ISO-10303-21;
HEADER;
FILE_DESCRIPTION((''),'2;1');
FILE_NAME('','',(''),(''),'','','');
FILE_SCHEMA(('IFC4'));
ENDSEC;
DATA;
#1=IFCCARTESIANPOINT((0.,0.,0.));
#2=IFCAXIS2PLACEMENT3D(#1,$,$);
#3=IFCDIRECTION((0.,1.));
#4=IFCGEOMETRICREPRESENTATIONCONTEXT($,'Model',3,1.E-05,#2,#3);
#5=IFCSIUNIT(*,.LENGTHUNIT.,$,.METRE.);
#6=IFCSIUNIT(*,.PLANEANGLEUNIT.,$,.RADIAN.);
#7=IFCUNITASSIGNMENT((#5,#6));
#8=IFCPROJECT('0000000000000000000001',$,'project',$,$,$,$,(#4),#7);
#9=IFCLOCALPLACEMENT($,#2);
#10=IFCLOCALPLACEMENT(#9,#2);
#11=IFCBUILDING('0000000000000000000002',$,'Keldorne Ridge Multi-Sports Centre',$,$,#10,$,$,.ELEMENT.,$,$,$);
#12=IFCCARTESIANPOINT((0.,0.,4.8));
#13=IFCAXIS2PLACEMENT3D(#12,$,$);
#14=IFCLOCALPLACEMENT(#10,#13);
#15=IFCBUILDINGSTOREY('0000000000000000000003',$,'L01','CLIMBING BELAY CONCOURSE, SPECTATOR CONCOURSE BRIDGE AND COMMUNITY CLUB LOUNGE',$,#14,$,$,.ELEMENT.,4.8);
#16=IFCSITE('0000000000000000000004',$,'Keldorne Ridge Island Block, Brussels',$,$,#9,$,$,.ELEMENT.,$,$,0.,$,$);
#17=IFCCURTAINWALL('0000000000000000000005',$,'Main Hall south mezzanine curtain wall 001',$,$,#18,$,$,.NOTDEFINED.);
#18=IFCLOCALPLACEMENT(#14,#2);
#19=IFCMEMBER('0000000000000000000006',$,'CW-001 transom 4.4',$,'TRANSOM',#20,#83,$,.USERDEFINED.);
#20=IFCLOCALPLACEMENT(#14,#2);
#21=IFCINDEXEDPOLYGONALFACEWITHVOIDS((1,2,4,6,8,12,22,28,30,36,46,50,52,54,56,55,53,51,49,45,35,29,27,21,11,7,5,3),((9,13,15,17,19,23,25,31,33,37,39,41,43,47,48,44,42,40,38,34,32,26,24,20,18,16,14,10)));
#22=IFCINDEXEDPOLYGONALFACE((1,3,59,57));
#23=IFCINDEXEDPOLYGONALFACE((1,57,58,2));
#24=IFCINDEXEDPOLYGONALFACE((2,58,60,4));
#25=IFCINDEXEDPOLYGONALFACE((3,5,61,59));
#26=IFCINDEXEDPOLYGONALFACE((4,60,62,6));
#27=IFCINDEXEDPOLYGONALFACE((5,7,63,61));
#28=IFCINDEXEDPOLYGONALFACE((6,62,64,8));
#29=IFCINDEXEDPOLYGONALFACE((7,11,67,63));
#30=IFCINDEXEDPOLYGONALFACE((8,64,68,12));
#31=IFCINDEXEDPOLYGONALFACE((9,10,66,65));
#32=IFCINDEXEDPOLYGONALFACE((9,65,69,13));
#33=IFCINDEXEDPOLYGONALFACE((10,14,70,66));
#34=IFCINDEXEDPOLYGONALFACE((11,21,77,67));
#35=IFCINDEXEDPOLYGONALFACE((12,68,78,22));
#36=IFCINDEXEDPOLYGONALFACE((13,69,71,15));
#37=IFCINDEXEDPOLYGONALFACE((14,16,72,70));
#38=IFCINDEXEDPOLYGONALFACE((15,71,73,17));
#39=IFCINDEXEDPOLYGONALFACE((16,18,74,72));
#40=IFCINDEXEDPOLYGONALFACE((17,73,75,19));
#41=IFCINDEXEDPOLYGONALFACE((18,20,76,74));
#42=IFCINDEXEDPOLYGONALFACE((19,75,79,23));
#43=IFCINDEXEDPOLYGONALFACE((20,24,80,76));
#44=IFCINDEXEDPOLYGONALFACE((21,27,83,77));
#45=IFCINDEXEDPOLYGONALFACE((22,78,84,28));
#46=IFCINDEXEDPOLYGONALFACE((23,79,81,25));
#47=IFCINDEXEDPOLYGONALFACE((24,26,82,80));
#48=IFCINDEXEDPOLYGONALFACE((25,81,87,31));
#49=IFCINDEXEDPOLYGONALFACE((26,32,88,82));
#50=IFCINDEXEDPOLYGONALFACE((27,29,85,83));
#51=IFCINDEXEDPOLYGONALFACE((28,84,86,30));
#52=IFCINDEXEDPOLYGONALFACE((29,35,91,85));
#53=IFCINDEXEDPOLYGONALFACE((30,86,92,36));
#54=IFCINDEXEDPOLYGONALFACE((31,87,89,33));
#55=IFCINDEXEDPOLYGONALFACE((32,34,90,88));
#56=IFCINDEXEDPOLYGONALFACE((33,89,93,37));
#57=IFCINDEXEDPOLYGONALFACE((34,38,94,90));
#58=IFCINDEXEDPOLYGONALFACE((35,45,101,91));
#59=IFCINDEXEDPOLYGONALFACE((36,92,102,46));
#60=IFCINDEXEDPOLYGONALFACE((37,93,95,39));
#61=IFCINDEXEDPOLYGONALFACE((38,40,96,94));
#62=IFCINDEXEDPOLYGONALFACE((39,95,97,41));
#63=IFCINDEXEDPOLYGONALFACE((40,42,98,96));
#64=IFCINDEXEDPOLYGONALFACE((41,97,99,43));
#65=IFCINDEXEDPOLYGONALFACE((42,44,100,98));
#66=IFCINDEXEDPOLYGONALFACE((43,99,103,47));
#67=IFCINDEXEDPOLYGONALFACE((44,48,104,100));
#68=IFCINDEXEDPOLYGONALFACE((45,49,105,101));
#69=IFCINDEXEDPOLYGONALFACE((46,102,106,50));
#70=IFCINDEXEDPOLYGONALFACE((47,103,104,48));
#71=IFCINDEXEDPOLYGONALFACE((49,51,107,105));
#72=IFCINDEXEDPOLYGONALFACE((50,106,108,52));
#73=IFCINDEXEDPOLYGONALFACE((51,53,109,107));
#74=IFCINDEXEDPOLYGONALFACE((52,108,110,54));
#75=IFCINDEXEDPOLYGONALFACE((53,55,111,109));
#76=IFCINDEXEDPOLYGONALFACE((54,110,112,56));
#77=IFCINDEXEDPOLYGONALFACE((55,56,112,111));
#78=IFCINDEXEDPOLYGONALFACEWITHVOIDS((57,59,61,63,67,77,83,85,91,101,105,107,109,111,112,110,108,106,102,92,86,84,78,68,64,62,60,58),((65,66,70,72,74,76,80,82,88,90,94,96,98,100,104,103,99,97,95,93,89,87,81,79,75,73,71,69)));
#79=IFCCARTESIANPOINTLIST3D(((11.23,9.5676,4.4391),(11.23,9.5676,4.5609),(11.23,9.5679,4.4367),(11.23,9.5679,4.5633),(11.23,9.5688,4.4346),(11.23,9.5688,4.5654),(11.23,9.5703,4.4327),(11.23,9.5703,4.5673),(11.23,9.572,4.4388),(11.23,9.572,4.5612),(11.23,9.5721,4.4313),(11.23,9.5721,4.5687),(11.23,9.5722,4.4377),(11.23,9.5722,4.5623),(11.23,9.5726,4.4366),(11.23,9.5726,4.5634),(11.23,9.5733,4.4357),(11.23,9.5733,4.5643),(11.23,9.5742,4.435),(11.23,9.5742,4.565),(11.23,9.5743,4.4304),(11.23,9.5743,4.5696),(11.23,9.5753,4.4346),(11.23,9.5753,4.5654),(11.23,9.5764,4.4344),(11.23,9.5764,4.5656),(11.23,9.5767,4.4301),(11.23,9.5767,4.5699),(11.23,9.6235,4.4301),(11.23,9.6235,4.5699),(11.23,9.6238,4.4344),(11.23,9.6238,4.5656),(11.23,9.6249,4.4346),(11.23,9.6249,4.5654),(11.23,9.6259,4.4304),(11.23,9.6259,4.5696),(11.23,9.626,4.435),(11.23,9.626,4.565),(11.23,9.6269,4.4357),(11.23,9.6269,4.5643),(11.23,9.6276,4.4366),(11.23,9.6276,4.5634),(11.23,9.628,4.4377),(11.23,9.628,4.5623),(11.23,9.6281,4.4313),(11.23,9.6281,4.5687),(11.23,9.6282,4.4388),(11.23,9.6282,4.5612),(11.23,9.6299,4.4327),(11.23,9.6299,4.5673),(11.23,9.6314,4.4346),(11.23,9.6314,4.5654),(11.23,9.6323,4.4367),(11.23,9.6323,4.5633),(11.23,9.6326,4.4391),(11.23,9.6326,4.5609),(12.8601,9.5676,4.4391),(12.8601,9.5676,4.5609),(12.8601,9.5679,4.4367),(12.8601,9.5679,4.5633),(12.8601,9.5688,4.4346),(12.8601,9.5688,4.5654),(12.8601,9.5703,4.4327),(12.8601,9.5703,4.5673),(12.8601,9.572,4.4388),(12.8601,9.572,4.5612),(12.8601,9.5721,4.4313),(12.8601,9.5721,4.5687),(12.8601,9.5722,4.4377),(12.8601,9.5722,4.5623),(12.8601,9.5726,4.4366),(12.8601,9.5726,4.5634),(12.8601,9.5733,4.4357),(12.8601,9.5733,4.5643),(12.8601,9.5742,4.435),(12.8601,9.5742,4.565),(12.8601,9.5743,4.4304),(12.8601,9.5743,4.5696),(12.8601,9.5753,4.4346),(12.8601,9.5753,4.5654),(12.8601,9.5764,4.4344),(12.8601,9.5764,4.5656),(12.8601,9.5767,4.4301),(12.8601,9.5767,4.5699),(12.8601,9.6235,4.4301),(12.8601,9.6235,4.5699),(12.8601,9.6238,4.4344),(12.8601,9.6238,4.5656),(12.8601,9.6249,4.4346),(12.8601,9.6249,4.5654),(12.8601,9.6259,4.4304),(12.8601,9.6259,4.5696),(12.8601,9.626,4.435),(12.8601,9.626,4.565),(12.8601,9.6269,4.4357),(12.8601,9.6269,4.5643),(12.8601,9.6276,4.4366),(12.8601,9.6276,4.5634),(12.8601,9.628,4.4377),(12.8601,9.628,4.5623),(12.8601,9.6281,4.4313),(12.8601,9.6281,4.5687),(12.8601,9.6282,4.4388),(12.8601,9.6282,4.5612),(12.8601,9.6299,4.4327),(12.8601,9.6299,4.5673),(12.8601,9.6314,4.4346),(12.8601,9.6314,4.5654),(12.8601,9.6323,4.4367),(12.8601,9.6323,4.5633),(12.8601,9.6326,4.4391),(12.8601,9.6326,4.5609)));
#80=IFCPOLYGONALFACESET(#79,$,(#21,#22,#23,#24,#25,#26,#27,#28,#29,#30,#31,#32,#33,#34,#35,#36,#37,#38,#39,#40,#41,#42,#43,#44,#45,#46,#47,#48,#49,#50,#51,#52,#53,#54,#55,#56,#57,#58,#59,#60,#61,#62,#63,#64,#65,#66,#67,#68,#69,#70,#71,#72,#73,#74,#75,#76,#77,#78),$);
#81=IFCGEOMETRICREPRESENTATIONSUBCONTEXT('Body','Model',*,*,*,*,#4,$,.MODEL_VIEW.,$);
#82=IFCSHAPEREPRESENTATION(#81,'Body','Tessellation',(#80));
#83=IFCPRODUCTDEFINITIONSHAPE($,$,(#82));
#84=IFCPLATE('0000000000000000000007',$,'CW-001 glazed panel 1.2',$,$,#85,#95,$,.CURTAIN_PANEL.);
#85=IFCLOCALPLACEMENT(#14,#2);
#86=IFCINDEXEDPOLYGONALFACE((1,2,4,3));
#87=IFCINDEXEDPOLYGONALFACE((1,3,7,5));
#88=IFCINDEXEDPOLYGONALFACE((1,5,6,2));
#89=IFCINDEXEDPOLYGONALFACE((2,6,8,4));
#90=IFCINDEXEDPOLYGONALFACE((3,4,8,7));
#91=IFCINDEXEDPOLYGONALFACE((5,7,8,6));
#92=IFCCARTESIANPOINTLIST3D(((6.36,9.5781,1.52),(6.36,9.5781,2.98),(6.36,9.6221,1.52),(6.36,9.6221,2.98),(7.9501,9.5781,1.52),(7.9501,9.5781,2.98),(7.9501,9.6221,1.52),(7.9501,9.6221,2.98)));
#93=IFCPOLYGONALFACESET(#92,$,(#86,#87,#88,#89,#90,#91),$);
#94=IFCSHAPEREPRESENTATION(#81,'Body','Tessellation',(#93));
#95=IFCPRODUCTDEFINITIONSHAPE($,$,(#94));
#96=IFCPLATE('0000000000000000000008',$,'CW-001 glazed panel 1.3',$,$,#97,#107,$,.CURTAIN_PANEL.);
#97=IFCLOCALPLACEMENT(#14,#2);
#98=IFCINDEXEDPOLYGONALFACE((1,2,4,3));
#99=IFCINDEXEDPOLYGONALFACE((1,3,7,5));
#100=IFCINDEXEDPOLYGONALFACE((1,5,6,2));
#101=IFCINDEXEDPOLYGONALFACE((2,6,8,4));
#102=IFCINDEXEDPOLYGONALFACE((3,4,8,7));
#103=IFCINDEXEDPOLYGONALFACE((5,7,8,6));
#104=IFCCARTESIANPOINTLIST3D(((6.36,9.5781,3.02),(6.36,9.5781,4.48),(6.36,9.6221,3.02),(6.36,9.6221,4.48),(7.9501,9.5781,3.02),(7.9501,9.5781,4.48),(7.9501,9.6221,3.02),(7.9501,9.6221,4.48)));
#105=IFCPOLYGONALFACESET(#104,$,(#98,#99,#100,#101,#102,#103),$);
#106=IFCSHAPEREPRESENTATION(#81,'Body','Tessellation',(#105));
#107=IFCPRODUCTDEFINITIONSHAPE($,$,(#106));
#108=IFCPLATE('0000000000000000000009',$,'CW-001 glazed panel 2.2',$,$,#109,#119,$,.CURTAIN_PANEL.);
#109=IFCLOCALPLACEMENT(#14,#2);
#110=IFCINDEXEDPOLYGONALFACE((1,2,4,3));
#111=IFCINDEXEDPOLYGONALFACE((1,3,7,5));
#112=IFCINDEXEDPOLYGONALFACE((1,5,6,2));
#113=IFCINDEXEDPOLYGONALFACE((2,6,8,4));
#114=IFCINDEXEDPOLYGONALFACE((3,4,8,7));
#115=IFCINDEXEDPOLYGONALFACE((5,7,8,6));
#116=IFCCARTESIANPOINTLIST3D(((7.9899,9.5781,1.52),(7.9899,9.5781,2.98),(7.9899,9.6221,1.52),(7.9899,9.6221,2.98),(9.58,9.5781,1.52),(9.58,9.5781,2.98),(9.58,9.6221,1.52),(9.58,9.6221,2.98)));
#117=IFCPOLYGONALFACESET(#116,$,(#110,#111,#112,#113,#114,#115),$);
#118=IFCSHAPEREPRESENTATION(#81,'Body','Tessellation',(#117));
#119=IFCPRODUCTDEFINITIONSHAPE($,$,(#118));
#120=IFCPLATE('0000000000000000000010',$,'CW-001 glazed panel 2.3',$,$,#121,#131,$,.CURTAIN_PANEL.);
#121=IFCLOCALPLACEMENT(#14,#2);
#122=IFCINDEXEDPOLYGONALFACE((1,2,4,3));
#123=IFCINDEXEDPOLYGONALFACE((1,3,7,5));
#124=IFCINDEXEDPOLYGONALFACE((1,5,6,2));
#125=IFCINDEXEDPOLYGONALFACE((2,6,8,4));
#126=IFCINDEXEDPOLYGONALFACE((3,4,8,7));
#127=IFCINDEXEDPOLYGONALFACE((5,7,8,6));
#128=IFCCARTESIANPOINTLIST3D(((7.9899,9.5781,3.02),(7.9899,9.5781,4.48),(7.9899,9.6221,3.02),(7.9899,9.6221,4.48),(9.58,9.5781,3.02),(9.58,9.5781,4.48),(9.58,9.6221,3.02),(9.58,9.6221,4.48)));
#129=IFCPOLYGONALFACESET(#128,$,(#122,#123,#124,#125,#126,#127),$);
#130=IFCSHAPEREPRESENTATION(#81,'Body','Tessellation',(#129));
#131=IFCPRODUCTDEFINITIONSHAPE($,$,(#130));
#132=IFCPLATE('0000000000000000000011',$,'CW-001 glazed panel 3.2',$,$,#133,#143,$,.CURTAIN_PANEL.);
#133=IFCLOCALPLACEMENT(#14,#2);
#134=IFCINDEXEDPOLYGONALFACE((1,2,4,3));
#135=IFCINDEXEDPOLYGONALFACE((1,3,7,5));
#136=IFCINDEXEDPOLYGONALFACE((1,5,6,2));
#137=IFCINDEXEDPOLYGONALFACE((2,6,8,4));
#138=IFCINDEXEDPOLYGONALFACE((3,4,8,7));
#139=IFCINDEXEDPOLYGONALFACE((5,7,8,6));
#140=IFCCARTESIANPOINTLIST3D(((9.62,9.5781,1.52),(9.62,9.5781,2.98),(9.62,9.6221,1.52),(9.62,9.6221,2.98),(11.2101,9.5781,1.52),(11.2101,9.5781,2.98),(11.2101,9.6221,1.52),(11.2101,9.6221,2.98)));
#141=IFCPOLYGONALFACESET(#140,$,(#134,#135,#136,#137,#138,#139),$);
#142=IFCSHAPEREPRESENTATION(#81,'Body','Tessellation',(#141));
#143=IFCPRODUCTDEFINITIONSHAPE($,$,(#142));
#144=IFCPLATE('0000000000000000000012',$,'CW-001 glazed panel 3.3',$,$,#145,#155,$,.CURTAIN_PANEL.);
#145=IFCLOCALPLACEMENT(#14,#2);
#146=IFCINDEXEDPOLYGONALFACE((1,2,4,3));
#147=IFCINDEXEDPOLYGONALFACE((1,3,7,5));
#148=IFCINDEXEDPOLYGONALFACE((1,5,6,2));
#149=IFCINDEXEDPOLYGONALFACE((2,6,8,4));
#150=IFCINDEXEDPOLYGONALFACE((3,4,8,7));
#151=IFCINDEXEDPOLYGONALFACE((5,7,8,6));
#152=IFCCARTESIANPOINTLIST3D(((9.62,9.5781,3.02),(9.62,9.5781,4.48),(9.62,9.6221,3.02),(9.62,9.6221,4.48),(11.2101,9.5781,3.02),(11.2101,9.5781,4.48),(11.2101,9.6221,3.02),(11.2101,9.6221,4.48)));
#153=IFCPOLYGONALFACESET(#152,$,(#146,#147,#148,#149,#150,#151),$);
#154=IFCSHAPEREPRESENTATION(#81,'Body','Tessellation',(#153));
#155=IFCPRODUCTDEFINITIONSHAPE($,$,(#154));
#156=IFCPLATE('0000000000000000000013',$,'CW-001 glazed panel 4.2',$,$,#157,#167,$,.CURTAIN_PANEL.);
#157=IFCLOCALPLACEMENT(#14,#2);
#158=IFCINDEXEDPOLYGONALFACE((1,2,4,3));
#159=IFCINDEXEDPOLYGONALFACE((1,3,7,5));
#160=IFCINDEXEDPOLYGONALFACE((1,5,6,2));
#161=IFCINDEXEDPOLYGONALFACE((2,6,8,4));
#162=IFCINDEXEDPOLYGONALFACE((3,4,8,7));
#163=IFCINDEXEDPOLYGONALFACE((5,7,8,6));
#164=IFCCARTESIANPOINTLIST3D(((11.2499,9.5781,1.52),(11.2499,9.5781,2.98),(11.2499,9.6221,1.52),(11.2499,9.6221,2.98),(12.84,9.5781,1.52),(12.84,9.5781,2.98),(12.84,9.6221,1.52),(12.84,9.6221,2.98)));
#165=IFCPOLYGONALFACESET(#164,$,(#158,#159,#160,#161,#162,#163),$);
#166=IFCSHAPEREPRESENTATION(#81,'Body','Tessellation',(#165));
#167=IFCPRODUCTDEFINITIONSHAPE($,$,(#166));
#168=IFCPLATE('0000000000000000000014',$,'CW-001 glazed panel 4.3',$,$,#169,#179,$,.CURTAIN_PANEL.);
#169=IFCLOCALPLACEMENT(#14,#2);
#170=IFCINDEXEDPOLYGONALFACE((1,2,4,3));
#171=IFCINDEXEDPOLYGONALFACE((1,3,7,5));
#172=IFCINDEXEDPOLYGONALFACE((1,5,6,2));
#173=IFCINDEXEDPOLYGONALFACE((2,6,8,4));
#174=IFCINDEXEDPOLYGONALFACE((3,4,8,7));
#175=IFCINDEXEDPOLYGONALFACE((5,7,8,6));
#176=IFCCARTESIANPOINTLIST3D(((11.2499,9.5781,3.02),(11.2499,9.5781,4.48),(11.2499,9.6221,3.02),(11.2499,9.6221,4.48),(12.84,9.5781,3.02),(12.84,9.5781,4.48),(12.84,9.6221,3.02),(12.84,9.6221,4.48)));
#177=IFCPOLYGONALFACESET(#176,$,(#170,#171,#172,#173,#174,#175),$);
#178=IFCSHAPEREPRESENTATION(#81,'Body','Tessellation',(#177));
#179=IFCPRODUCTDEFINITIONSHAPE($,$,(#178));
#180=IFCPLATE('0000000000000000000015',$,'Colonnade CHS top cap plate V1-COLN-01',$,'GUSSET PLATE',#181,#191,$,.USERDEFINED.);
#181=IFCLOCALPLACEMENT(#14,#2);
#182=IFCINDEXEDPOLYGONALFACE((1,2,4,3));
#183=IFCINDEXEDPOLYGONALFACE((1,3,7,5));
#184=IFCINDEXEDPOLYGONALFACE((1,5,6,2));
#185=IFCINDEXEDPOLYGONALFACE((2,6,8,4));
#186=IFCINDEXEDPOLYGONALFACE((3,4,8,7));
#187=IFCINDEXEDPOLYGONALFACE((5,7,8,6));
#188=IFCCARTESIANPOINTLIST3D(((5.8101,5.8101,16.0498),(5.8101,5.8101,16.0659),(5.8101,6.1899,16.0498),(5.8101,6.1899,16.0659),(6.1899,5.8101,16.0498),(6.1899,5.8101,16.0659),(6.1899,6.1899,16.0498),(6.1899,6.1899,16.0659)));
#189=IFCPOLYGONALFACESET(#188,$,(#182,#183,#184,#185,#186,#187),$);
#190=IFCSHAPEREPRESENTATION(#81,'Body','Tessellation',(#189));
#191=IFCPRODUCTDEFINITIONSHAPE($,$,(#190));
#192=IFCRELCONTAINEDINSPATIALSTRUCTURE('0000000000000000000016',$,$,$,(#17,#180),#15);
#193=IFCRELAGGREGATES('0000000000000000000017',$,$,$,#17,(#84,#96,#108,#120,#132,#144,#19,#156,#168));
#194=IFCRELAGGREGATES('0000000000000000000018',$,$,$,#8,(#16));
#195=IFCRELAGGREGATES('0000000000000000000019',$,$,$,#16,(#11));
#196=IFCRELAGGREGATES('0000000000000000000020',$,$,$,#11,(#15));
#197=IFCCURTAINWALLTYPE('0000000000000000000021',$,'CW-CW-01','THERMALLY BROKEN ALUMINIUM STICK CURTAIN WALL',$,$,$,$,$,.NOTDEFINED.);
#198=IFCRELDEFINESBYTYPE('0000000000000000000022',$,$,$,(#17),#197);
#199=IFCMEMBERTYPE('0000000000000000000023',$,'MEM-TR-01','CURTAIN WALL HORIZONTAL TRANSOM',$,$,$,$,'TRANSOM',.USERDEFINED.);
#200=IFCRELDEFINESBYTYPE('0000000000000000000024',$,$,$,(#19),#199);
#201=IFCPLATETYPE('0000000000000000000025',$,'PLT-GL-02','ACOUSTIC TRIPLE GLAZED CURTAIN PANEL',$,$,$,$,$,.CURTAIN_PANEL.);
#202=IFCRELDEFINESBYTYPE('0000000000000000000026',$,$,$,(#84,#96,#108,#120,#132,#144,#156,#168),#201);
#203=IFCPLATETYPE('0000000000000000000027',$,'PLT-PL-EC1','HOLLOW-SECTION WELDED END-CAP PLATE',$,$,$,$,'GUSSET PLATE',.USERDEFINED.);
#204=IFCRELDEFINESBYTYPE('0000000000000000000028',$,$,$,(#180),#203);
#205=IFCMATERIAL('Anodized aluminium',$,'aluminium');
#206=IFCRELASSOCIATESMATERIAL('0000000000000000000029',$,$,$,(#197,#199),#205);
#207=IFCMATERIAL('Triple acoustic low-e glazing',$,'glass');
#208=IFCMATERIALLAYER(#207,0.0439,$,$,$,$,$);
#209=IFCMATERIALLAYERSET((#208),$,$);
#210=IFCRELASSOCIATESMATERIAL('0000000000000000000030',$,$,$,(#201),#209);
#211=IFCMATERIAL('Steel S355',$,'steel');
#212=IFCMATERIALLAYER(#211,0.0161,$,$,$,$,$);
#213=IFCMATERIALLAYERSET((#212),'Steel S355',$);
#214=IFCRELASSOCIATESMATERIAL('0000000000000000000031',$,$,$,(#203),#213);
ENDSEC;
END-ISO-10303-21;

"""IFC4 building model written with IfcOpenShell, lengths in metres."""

from ifc_helpers import new_model, si_unit, direction, frame, origin, origin_2d, place, context, subcontext, project, spatial, rectangle, hollow_rectangle, extrude, material, layer, layer_set, material_profile, profile_set, type_object, element, aggregate, save


model = new_model("IFC4")

# Units and contexts
model_context = context("Model", 3, precision=1e-05, world=origin(), true_north=direction((0.0, 1.0)))
body_context = subcontext(model_context, "Body", "Model", "MODEL_VIEW")
ifc_project = project(units=[si_unit("LENGTHUNIT", "METRE"), si_unit("PLANEANGLEUNIT", "RADIAN")], contexts=[model_context])

# Site, building, storey
site_placement = place(None, origin())
site = spatial("IfcSite", under=ifc_project, at=site_placement, Name="Keldorne Ridge Island Block, Brussels", CompositionType="ELEMENT", RefElevation=0.0)
building_placement = place(site_placement, origin())
building = spatial("IfcBuilding", under=site, at=building_placement, Name="Keldorne Ridge Multi-Sports Centre", CompositionType="ELEMENT")
storey_placement = place(building_placement, frame((0.0, 0.0, 4.8)))
storey = spatial("IfcBuildingStorey", under=building, at=storey_placement, Name="L01", Description="CLIMBING BELAY CONCOURSE, SPECTATOR CONCOURSE BRIDGE AND COMMUNITY CLUB LOUNGE", CompositionType="ELEMENT", Elevation=4.8)

# Shared definitions
ifc_material_1 = material(Name="Steel S355", Category="steel")

# Curtain wall, member, plates
ifc_material_2 = material(Name="Anodized aluminium", Category="aluminium")
curtain_wall_type = type_object("IfcCurtainWallType", Name="CW-CW-01", Description="THERMALLY BROKEN ALUMINIUM STICK CURTAIN WALL", PredefinedType="NOTDEFINED", material=ifc_material_2)
curtain_wall_placement = place(storey_placement, origin())
curtain_wall = element("IfcCurtainWall", 1, at=curtain_wall_placement, inside=storey, type_object=curtain_wall_type, Name="Main Hall south mezzanine curtain wall 001", PredefinedType="NOTDEFINED")
ifc_material_profile_1 = material_profile(ifc_material_2, hollow_rectangle(XDim=0.0649, YDim=0.1399, WallThickness=0.0044, InnerFilletRadius=0.0044, OuterFilletRadius=0.009, at=origin_2d()), Name="ALU TRANSOM 140x65x4.5")
ifc_profile_set_1 = profile_set([ifc_material_profile_1], Name="Anodized aluminium")
member_type = type_object("IfcMemberType", Name="MEM-TR-01", Description="CURTAIN WALL HORIZONTAL TRANSOM", ElementType="TRANSOM", PredefinedType="USERDEFINED", material=ifc_profile_set_1)
member_1_placement = place(storey_placement, frame((11.23, 9.6001, 4.5), z_axis=(1.0, 0.0, 0.0), x_axis=(0.0, 1.0, 0.0)))
member_1 = element("IfcMember", 2, at=member_1_placement, type_object=member_type, Name="CW-001 transom 4.4", ObjectType="TRANSOM", PredefinedType="USERDEFINED", context=body_context, shape_type="SweptSolid", body=[
    extrude(hollow_rectangle(XDim=0.0649, YDim=0.1399, WallThickness=0.0044, InnerFilletRadius=0.0044, OuterFilletRadius=0.009, at=origin_2d()), origin(), (0.0, 0.0, 1.0), 1.6301),
])
ifc_material_3 = material(Name="Triple acoustic low-e glazing", Category="glass")
ifc_layer_1 = layer(ifc_material_3, 0.0439)
ifc_layer_set_1 = layer_set([ifc_layer_1])
plate_type_1 = type_object("IfcPlateType", Name="PLT-GL-02", Description="ACOUSTIC TRIPLE GLAZED CURTAIN PANEL", PredefinedType="CURTAIN_PANEL", material=ifc_layer_set_1)
plate_1_placement = place(storey_placement, frame((7.155, 9.6001, 1.52), z_axis=(0.0, 0.0, 1.0), x_axis=(1.0, 0.0, 0.0)))
plate_1 = element("IfcPlate", 3, at=plate_1_placement, type_object=plate_type_1, Name="CW-001 glazed panel 1.2", PredefinedType="CURTAIN_PANEL", context=body_context, shape_type="SweptSolid", body=[
    extrude(rectangle(XDim=1.5901, YDim=0.0439, at=origin_2d()), origin(), (0.0, 0.0, 1.0), 1.46),
])
plate_2_placement = place(storey_placement, frame((7.155, 9.6001, 3.02), z_axis=(0.0, 0.0, 1.0), x_axis=(1.0, 0.0, 0.0)))
plate_2 = element("IfcPlate", 4, at=plate_2_placement, type_object=plate_type_1, Name="CW-001 glazed panel 1.3", PredefinedType="CURTAIN_PANEL", context=body_context, shape_type="SweptSolid", body=[
    extrude(rectangle(XDim=1.5901, YDim=0.0439, at=origin_2d()), origin(), (0.0, 0.0, 1.0), 1.46),
])
plate_3_placement = place(storey_placement, frame((8.7849, 9.6001, 1.52), z_axis=(0.0, 0.0, 1.0), x_axis=(1.0, 0.0, 0.0)))
plate_3 = element("IfcPlate", 5, at=plate_3_placement, type_object=plate_type_1, Name="CW-001 glazed panel 2.2", PredefinedType="CURTAIN_PANEL", context=body_context, shape_type="SweptSolid", body=[
    extrude(rectangle(XDim=1.5901, YDim=0.0439, at=origin_2d()), origin(), (0.0, 0.0, 1.0), 1.46),
])
plate_4_placement = place(storey_placement, frame((8.7849, 9.6001, 3.02), z_axis=(0.0, 0.0, 1.0), x_axis=(1.0, 0.0, 0.0)))
plate_4 = element("IfcPlate", 6, at=plate_4_placement, type_object=plate_type_1, Name="CW-001 glazed panel 2.3", PredefinedType="CURTAIN_PANEL", context=body_context, shape_type="SweptSolid", body=[
    extrude(rectangle(XDim=1.5901, YDim=0.0439, at=origin_2d()), origin(), (0.0, 0.0, 1.0), 1.46),
])
plate_5_placement = place(storey_placement, frame((10.415, 9.6001, 1.52), z_axis=(0.0, 0.0, 1.0), x_axis=(1.0, 0.0, 0.0)))
plate_5 = element("IfcPlate", 7, at=plate_5_placement, type_object=plate_type_1, Name="CW-001 glazed panel 3.2", PredefinedType="CURTAIN_PANEL", context=body_context, shape_type="SweptSolid", body=[
    extrude(rectangle(XDim=1.5901, YDim=0.0439, at=origin_2d()), origin(), (0.0, 0.0, 1.0), 1.46),
])
plate_6_placement = place(storey_placement, frame((10.415, 9.6001, 3.02), z_axis=(0.0, 0.0, 1.0), x_axis=(1.0, 0.0, 0.0)))
plate_6 = element("IfcPlate", 8, at=plate_6_placement, type_object=plate_type_1, Name="CW-001 glazed panel 3.3", PredefinedType="CURTAIN_PANEL", context=body_context, shape_type="SweptSolid", body=[
    extrude(rectangle(XDim=1.5901, YDim=0.0439, at=origin_2d()), origin(), (0.0, 0.0, 1.0), 1.46),
])
plate_7_placement = place(storey_placement, frame((12.0449, 9.6001, 1.52), z_axis=(0.0, 0.0, 1.0), x_axis=(1.0, 0.0, 0.0)))
plate_7 = element("IfcPlate", 9, at=plate_7_placement, type_object=plate_type_1, Name="CW-001 glazed panel 4.2", PredefinedType="CURTAIN_PANEL", context=body_context, shape_type="SweptSolid", body=[
    extrude(rectangle(XDim=1.5901, YDim=0.0439, at=origin_2d()), origin(), (0.0, 0.0, 1.0), 1.46),
])
plate_8_placement = place(storey_placement, frame((12.0449, 9.6001, 3.02), z_axis=(0.0, 0.0, 1.0), x_axis=(1.0, 0.0, 0.0)))
plate_8 = element("IfcPlate", 10, at=plate_8_placement, type_object=plate_type_1, Name="CW-001 glazed panel 4.3", PredefinedType="CURTAIN_PANEL", context=body_context, shape_type="SweptSolid", body=[
    extrude(rectangle(XDim=1.5901, YDim=0.0439, at=origin_2d()), origin(), (0.0, 0.0, 1.0), 1.46),
])
aggregate(curtain_wall, [plate_1, plate_2, plate_3, plate_4, plate_5, plate_6, member_1, plate_7, plate_8])

# Plate
ifc_layer_2 = layer(ifc_material_1, 0.0161)
ifc_layer_set_2 = layer_set([ifc_layer_2], Name="Steel S355")
plate_type_2 = type_object("IfcPlateType", Name="PLT-PL-EC1", Description="HOLLOW-SECTION WELDED END-CAP PLATE", ElementType="GUSSET PLATE", PredefinedType="USERDEFINED", material=ifc_layer_set_2)
for number, where, z_axis, x_axis, name in (
    (11, (6.0, 6.0, 16.0498), (0.0, 0.0, 1.0), (1.0, 0.0, 0.0), "Colonnade CHS top cap plate V1-COLN-01"),
):
    element("IfcPlate", number, at=place(storey_placement, frame(where, z_axis=z_axis, x_axis=x_axis)), inside=storey, type_object=plate_type_2, Name=name, ObjectType="GUSSET PLATE", PredefinedType="USERDEFINED", context=body_context, shape_type="SweptSolid", body=[
        extrude(rectangle(XDim=0.3799, YDim=0.3799, at=origin_2d()), origin(), (0.0, 0.0, 1.0), 0.0161),
    ])

save(model, "model.ifc")
